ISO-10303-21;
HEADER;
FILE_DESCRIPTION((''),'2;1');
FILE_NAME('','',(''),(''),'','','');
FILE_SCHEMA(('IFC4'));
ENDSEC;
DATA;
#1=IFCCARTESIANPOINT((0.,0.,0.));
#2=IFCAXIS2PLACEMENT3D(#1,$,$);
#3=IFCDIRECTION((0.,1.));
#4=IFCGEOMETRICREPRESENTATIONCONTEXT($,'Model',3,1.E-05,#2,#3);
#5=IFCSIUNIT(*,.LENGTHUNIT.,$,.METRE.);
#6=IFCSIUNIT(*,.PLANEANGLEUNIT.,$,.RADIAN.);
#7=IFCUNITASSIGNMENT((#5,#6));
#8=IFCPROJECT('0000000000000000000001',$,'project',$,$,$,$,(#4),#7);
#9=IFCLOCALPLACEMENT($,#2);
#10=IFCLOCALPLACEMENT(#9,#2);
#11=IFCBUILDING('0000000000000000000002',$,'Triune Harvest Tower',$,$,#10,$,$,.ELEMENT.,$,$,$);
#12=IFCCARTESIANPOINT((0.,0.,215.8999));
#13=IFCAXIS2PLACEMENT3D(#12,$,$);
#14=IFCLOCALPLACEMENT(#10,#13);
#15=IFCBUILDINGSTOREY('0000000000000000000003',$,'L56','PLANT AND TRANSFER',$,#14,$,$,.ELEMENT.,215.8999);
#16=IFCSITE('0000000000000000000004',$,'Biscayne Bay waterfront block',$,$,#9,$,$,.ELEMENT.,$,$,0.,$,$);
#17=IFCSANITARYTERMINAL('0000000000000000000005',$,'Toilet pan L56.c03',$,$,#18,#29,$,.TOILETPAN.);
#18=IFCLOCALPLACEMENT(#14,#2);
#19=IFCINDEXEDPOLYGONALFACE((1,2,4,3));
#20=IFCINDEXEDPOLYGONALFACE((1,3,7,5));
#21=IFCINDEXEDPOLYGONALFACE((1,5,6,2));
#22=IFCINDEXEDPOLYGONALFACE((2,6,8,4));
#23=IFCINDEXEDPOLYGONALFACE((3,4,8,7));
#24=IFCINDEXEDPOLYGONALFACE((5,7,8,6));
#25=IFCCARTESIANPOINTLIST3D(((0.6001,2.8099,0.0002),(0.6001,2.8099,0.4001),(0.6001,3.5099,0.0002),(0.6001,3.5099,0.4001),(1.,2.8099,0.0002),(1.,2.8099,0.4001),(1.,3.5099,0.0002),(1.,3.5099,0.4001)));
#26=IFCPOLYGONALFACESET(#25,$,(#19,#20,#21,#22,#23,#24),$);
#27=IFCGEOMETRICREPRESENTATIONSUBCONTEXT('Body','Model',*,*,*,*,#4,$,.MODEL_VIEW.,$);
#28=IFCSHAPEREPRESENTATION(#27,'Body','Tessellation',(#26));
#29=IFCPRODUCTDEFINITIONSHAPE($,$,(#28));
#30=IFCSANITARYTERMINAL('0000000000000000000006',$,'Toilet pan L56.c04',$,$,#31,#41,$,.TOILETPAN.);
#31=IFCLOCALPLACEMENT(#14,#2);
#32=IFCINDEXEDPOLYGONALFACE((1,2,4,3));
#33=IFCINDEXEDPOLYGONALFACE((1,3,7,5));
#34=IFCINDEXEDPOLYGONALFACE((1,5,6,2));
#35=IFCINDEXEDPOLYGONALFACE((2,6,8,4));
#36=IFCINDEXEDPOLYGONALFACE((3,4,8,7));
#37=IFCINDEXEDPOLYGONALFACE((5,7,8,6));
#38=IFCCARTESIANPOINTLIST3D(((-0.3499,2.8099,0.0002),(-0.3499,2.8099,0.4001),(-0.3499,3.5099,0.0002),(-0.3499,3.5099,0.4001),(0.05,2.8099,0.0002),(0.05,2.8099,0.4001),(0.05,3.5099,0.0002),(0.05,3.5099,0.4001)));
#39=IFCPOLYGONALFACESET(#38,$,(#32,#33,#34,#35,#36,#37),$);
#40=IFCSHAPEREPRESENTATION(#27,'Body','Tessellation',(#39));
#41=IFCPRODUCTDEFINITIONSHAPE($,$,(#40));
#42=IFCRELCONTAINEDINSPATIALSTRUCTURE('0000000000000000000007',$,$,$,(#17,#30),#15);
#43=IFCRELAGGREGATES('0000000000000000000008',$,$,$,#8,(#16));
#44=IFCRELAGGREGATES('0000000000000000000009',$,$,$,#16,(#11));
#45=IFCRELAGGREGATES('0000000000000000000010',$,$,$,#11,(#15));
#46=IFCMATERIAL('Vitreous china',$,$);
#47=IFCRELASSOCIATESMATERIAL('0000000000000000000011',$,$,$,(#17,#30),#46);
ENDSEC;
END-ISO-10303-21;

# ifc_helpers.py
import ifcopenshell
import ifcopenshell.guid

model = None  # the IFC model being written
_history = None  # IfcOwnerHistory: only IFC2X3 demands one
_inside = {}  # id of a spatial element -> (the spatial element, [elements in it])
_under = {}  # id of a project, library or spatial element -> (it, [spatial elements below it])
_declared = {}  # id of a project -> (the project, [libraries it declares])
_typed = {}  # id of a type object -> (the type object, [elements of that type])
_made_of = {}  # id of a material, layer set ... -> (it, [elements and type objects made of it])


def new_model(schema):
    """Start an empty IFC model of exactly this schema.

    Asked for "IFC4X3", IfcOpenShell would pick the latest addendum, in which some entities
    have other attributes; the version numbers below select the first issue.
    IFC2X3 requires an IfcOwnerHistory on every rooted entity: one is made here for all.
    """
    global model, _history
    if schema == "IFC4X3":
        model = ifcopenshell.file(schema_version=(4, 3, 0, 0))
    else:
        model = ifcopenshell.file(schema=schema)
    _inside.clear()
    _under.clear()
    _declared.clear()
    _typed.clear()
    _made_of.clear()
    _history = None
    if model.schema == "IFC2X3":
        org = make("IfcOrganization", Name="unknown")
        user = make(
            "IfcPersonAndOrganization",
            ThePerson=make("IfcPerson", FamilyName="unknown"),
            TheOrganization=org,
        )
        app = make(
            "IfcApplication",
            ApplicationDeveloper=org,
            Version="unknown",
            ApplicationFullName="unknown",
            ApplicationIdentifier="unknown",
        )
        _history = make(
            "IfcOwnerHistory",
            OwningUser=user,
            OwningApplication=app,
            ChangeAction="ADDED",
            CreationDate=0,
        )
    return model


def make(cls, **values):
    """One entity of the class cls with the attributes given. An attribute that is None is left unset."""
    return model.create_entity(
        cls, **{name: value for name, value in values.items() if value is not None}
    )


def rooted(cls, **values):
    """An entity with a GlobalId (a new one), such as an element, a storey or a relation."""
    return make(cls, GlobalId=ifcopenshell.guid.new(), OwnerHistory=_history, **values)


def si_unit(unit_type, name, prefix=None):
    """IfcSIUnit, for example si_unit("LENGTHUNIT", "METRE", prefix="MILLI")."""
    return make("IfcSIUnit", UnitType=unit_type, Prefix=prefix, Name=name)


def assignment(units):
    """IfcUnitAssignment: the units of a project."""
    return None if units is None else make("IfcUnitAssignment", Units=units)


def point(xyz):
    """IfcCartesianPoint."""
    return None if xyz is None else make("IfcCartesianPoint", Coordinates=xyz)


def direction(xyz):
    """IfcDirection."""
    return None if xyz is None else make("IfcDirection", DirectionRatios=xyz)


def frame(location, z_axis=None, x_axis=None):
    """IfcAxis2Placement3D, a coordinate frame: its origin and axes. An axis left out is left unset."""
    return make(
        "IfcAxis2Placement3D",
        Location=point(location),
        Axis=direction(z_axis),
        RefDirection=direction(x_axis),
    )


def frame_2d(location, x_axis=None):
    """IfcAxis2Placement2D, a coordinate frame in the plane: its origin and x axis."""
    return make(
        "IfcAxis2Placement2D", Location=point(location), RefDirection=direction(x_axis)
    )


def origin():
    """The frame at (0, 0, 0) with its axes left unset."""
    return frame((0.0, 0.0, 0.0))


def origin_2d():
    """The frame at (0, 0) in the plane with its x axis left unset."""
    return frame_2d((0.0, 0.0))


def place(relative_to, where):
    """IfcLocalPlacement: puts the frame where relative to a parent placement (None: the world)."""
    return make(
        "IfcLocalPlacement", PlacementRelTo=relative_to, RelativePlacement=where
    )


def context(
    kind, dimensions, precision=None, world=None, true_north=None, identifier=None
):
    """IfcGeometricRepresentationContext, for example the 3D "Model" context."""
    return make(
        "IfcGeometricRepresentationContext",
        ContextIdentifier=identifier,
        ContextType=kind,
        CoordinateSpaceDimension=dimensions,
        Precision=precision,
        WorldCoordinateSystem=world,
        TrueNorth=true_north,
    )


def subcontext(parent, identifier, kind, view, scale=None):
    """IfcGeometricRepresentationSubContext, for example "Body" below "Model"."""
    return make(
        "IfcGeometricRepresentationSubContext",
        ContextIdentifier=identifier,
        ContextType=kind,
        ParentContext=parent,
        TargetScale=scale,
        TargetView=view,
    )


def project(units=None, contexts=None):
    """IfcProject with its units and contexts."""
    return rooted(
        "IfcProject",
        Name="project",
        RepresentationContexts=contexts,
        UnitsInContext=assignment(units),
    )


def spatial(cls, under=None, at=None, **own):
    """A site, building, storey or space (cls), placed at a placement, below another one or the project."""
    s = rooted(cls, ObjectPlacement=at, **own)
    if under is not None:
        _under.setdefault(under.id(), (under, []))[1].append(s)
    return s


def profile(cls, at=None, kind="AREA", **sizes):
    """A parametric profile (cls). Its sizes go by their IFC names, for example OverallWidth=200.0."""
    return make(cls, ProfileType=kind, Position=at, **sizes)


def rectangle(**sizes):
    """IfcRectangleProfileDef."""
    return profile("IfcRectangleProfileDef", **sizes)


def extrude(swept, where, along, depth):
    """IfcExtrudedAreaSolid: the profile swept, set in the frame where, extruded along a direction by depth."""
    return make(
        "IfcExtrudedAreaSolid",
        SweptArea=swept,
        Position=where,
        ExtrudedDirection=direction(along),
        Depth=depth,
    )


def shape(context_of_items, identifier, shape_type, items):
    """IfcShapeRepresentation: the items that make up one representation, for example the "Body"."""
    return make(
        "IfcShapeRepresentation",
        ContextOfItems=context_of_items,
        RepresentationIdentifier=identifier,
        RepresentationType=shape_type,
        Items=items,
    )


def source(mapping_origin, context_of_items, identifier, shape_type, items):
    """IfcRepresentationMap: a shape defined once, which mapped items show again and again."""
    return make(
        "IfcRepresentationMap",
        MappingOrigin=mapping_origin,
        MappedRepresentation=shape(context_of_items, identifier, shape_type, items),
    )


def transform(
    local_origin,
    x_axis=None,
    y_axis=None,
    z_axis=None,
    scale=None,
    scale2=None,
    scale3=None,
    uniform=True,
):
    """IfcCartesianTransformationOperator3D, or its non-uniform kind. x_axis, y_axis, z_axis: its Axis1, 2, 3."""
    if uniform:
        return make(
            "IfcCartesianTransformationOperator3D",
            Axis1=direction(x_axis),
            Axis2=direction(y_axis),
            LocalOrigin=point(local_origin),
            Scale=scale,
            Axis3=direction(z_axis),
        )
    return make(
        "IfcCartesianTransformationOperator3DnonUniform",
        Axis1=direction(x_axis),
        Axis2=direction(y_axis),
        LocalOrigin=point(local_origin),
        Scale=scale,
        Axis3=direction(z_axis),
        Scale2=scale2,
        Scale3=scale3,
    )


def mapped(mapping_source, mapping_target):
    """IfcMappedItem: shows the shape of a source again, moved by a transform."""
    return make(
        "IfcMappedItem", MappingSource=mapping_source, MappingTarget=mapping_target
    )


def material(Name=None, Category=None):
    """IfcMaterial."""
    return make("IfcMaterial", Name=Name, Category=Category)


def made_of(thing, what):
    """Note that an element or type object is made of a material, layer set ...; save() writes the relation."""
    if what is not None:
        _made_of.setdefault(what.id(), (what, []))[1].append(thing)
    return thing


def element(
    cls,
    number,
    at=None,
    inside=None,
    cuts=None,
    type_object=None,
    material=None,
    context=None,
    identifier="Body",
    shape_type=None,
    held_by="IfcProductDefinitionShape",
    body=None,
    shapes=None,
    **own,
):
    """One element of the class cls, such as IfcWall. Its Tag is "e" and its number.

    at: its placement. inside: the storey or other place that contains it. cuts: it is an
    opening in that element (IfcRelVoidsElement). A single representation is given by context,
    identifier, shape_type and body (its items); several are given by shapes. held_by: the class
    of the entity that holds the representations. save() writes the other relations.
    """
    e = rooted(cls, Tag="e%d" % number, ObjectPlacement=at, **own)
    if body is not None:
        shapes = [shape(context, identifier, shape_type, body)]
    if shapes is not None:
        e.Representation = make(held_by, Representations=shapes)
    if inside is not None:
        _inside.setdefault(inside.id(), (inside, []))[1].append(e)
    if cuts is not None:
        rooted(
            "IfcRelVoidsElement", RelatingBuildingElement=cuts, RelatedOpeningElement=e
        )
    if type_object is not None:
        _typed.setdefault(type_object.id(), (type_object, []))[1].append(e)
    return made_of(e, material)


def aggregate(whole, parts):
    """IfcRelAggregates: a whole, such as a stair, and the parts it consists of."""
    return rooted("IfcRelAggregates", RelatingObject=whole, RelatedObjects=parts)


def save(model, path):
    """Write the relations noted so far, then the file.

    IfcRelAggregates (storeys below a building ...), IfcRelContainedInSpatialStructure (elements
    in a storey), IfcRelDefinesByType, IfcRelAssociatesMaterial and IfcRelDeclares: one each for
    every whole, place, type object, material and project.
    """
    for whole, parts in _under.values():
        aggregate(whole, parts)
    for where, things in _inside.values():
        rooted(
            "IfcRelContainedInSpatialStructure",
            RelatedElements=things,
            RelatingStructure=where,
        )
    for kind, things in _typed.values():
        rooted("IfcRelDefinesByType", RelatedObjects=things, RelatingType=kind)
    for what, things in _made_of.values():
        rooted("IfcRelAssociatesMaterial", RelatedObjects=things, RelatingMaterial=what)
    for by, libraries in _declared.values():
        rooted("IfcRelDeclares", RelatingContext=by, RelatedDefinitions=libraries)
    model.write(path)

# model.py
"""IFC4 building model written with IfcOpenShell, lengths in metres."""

from ifc_helpers import new_model, si_unit, direction, frame, origin, origin_2d, place, context, subcontext, project, spatial, rectangle, extrude, source, transform, mapped, material, element, save


model = new_model("IFC4")

# Units and contexts
model_context = context("Model", 3, precision=1e-05, world=origin(), true_north=direction((0.0, 1.0)))
body_context = subcontext(model_context, "Body", "Model", "MODEL_VIEW")
ifc_project = project(units=[si_unit("LENGTHUNIT", "METRE"), si_unit("PLANEANGLEUNIT", "RADIAN")], contexts=[model_context])

# Site, building, storey
site_placement = place(None, origin())
site = spatial("IfcSite", under=ifc_project, at=site_placement, Name="Biscayne Bay waterfront block", CompositionType="ELEMENT", RefElevation=0.0)
building_placement = place(site_placement, origin())
building = spatial("IfcBuilding", under=site, at=building_placement, Name="Triune Harvest Tower", CompositionType="ELEMENT")
storey_placement = place(building_placement, frame((0.0, 0.0, 215.8999)))
storey = spatial("IfcBuildingStorey", under=building, at=storey_placement, Name="L56", Description="PLANT AND TRANSFER", CompositionType="ELEMENT", Elevation=215.8999)

# Sanitary terminals
ifc_material_1 = material(Name="Vitreous china")
shared_shape_1 = source(origin(), body_context, "Body", "SweptSolid", [
    extrude(rectangle(XDim=0.3999, YDim=0.7, at=origin_2d()), origin(), (0.0, 0.0, 1.0), 0.3999),
])
for number, where, z_axis, x_axis, name in (
    (1, (0.8, 3.1599, 0.0002), (0.0, 0.0, 1.0), (-1.0, 0.0, 0.0), "Toilet pan L56.c03"),
    (2, (-0.1499, 3.1599, 0.0002), (0.0, 0.0, 1.0), (-1.0, 0.0, 0.0), "Toilet pan L56.c04"),
):
    element("IfcSanitaryTerminal", number, at=place(storey_placement, frame(where, z_axis=z_axis, x_axis=x_axis)), inside=storey, material=ifc_material_1, Name=name, PredefinedType="TOILETPAN", context=body_context, shape_type="MappedRepresentation", body=[
        mapped(shared_shape_1, transform((0.0, 0.0, 0.0), scale=1.0)),
    ])

save(model, "model.ifc")
